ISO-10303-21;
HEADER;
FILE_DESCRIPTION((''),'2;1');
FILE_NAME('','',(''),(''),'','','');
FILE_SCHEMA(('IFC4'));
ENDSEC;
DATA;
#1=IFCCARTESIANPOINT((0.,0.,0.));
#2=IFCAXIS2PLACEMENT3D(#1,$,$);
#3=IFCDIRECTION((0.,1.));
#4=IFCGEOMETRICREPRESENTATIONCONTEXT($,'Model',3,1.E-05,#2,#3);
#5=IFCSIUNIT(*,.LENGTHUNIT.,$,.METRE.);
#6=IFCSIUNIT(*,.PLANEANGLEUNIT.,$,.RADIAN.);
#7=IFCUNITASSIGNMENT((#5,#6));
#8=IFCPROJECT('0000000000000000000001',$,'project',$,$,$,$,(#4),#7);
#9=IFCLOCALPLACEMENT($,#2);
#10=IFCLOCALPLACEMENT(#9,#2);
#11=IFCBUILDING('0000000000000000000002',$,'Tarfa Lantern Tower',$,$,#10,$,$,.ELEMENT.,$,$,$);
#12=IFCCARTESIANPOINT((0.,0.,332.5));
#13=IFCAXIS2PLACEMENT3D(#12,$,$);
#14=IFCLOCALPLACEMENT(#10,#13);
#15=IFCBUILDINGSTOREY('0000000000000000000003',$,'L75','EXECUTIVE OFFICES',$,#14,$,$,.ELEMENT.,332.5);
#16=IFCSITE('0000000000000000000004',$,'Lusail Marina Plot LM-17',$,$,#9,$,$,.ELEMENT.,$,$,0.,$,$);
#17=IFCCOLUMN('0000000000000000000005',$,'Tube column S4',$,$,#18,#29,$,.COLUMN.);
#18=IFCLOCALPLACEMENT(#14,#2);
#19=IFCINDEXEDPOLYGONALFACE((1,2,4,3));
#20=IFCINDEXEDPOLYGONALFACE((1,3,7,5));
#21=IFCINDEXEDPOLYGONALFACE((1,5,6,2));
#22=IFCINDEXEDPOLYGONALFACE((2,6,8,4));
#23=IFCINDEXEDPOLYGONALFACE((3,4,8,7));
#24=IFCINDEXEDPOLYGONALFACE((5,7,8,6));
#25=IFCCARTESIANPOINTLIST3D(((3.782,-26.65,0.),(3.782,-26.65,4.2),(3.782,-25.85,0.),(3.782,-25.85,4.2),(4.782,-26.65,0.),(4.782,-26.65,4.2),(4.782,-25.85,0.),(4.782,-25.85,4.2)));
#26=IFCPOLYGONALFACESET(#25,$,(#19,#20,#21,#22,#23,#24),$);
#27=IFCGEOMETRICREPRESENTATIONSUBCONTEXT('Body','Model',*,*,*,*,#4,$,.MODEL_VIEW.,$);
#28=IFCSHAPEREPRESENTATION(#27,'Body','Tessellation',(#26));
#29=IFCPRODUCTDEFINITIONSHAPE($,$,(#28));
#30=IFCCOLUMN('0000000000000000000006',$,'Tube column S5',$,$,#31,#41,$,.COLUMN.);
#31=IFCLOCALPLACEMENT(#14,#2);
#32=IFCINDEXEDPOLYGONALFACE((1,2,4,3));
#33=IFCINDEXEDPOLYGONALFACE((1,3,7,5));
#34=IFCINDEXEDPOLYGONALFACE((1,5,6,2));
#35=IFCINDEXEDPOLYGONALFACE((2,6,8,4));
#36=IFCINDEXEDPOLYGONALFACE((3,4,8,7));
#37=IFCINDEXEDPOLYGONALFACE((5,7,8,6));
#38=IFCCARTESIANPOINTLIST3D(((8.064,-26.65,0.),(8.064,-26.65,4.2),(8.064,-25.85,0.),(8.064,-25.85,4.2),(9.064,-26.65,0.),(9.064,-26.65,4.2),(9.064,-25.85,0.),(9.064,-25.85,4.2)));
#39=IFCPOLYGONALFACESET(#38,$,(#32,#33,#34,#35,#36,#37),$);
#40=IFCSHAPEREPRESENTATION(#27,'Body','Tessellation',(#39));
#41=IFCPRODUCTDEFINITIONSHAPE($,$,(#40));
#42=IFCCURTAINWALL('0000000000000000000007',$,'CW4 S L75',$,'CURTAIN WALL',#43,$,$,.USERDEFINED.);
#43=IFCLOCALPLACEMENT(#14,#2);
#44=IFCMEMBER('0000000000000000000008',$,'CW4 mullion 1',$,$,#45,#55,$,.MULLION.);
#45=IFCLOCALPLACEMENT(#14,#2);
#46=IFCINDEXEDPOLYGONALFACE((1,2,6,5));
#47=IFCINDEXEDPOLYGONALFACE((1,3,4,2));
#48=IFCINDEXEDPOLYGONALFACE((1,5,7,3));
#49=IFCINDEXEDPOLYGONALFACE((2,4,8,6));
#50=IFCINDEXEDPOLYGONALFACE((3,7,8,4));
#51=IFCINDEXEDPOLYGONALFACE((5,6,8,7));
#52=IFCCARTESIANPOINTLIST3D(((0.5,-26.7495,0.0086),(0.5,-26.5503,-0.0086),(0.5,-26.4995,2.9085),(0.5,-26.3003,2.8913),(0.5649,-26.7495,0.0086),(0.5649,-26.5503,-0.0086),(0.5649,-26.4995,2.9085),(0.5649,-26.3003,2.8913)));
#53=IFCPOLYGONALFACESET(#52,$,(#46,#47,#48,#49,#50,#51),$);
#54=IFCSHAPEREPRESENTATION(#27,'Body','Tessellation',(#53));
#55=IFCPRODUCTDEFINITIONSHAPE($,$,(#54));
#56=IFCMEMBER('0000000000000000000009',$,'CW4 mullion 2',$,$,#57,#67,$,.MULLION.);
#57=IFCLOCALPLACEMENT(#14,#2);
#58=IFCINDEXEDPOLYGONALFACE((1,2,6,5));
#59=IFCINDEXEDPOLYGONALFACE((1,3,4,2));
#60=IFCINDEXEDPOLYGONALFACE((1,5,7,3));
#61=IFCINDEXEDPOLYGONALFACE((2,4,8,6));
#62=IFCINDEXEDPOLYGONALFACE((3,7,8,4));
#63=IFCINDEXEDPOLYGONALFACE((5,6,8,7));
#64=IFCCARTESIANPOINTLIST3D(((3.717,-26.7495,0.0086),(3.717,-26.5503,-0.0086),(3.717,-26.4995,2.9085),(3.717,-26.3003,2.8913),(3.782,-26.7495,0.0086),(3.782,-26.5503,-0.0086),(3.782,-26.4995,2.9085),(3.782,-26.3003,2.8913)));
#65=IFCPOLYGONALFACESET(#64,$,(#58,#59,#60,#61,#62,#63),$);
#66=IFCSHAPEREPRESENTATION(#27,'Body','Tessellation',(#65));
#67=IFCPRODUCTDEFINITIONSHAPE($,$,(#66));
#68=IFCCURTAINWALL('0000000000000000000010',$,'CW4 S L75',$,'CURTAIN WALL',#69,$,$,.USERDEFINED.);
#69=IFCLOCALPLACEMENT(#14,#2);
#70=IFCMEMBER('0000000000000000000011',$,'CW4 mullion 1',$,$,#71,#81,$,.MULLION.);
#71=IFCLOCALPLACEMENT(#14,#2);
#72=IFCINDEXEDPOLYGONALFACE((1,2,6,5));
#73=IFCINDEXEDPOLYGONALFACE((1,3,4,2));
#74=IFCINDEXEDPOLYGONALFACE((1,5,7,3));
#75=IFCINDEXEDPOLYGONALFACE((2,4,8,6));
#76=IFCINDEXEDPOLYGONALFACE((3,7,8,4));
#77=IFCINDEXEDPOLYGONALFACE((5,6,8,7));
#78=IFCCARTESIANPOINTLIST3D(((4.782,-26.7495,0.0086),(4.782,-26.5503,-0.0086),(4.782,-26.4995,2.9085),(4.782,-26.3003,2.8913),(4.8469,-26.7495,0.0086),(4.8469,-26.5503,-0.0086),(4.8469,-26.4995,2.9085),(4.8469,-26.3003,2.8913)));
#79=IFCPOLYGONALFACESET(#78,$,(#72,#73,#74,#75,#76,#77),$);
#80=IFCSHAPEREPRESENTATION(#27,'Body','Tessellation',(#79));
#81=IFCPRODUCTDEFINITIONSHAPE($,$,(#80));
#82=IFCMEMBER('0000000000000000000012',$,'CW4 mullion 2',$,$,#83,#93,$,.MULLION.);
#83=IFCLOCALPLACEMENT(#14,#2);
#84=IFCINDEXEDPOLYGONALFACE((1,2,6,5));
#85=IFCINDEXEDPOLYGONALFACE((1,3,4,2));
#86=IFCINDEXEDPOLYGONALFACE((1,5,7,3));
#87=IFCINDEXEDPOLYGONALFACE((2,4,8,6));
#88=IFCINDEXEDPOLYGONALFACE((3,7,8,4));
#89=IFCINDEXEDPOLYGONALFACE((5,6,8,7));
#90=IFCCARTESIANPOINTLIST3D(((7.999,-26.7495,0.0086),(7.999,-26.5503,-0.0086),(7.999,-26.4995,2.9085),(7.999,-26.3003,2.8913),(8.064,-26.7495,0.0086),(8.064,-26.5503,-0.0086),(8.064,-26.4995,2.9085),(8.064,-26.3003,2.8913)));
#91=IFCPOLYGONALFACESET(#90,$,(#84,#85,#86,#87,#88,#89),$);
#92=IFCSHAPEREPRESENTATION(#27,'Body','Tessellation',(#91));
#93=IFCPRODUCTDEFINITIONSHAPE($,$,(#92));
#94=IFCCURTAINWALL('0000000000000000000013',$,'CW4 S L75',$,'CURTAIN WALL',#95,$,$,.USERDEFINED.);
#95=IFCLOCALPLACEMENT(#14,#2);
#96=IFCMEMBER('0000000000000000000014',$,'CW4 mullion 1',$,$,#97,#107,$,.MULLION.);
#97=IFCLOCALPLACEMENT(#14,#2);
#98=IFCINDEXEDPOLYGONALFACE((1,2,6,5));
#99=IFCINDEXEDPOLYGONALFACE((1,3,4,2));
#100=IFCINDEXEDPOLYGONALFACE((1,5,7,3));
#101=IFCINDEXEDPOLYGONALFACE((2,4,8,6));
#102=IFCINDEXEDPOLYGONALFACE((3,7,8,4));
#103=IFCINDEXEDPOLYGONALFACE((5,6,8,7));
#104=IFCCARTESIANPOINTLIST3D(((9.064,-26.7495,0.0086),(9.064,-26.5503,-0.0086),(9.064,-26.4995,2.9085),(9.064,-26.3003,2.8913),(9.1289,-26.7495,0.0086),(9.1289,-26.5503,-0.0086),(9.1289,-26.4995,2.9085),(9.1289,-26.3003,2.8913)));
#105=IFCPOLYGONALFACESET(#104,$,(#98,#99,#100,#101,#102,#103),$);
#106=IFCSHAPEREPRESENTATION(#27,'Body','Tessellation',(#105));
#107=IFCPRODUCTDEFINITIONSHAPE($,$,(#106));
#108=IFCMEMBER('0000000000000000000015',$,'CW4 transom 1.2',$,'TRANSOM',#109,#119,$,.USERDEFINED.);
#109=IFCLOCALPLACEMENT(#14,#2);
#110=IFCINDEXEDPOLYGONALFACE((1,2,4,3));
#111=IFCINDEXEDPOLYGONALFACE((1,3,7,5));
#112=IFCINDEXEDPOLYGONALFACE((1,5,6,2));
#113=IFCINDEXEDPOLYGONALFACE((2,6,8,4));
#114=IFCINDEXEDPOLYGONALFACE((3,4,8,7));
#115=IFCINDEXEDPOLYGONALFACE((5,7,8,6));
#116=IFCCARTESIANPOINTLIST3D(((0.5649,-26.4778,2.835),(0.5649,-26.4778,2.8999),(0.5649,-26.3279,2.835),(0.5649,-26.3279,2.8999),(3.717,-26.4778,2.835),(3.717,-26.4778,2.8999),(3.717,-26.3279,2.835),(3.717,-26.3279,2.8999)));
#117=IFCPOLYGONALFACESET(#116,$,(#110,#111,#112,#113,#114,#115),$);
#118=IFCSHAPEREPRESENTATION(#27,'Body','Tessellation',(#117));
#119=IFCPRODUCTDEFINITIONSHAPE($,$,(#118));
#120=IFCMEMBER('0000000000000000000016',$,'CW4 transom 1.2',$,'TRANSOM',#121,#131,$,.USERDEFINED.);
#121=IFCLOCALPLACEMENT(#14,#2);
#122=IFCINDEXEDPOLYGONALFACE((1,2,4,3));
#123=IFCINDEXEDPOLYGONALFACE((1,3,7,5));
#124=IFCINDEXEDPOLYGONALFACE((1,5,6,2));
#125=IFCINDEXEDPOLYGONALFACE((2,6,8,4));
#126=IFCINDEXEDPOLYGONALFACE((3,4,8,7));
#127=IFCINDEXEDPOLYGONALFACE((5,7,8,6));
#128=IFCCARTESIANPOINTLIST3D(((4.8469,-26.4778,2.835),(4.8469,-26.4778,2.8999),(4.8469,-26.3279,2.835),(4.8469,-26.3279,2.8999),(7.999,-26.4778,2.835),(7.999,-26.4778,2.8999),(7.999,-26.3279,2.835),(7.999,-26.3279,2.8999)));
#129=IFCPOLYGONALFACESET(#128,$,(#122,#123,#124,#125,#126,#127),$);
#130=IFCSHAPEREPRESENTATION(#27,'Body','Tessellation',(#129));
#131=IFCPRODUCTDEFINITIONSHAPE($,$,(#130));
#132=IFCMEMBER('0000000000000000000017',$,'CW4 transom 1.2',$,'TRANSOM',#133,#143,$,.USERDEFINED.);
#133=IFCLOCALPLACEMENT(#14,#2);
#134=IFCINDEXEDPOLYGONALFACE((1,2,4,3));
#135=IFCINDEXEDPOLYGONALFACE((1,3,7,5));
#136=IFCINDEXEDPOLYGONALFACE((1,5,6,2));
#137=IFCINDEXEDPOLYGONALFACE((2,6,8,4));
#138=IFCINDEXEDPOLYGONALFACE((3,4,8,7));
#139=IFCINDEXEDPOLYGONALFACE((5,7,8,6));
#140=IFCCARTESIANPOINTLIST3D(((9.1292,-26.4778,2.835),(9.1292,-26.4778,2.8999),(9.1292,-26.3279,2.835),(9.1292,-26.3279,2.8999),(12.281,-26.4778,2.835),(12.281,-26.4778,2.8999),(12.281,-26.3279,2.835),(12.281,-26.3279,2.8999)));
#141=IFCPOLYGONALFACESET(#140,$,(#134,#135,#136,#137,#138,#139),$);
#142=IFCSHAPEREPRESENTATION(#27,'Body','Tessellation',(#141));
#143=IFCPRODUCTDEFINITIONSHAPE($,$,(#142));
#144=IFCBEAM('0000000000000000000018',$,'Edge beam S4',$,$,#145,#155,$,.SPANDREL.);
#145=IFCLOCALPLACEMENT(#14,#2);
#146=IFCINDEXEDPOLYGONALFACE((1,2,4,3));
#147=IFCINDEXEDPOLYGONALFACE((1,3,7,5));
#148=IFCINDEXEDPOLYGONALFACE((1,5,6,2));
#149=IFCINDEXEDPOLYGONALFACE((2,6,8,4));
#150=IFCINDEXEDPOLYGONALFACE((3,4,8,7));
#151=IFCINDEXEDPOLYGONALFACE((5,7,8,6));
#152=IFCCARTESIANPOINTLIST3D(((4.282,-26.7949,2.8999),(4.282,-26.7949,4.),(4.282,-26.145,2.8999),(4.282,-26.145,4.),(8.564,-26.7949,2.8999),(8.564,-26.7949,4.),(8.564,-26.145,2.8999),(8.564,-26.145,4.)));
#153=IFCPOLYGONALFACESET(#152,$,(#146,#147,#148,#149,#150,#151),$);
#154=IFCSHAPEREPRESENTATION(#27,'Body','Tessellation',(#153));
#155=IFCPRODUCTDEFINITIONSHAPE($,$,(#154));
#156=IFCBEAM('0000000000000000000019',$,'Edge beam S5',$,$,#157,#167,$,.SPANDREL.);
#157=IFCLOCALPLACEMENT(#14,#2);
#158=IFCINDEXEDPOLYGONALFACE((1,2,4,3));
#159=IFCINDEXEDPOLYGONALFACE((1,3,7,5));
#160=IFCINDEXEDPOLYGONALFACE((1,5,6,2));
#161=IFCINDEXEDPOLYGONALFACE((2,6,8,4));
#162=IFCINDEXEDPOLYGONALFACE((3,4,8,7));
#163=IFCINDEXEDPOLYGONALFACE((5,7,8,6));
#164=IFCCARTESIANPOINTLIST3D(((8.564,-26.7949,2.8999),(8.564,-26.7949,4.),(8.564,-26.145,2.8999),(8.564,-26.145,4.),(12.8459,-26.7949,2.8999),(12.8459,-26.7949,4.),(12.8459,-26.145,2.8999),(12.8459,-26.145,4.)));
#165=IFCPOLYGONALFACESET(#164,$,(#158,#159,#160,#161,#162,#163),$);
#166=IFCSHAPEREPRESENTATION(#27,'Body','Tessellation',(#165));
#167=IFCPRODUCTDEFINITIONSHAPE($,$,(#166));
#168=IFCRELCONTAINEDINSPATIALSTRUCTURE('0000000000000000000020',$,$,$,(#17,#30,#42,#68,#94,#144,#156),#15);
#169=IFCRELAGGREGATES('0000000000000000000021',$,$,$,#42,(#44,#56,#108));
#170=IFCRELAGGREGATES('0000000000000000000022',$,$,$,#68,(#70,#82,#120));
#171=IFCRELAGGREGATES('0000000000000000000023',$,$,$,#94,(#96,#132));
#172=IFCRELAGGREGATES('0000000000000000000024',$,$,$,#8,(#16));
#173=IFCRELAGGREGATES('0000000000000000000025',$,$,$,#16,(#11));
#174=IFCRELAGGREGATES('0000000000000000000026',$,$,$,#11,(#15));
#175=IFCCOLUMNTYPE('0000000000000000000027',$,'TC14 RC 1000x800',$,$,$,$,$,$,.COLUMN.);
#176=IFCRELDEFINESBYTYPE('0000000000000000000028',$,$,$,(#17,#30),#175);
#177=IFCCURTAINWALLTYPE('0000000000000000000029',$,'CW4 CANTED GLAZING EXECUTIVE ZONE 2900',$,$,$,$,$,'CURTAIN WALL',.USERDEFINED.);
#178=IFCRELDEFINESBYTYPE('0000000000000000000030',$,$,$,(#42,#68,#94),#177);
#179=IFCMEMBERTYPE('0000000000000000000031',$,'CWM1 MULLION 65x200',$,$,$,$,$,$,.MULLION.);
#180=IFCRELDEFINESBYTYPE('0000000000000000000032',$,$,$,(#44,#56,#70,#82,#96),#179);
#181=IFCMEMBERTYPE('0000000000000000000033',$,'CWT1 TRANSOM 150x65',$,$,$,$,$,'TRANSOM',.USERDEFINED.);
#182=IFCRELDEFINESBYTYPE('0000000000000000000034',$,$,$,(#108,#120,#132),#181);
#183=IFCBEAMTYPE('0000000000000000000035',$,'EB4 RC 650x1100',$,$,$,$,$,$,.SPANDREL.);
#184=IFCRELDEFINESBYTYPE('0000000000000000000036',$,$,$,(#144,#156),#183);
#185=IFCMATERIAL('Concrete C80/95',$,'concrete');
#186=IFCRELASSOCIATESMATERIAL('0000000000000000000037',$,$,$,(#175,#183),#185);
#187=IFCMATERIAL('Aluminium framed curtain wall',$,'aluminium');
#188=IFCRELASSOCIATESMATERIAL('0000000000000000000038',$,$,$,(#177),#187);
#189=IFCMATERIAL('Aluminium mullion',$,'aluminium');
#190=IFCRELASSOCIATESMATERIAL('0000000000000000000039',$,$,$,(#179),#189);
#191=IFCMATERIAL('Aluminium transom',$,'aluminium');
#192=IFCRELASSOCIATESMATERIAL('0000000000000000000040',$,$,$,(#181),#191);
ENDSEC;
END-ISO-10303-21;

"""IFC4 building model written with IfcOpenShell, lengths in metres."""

from ifc_helpers import new_model, si_unit, direction, frame, origin, origin_2d, place, context, subcontext, project, spatial, rectangle, extrude, material, material_profile, profile_set, type_object, element, aggregate, save


model = new_model("IFC4")

# Units and contexts
model_context = context("Model", 3, precision=1e-05, world=origin(), true_north=direction((0.0, 1.0)))
body_context = subcontext(model_context, "Body", "Model", "MODEL_VIEW")
ifc_project = project(units=[si_unit("LENGTHUNIT", "METRE"), si_unit("PLANEANGLEUNIT", "RADIAN")], contexts=[model_context])

# Site, building, storey
site_placement = place(None, origin())
site = spatial("IfcSite", under=ifc_project, at=site_placement, Name="Lusail Marina Plot LM-17", CompositionType="ELEMENT", RefElevation=0.0)
building_placement = place(site_placement, origin())
building = spatial("IfcBuilding", under=site, at=building_placement, Name="Tarfa Lantern Tower", CompositionType="ELEMENT")
storey_placement = place(building_placement, frame((0.0, 0.0, 332.5)))
storey = spatial("IfcBuildingStorey", under=building, at=storey_placement, Name="L75", Description="EXECUTIVE OFFICES", CompositionType="ELEMENT", Elevation=332.5)

# Columns
ifc_material_1 = material(Name="Concrete C80/95", Category="concrete")
ifc_material_profile_1 = material_profile(ifc_material_1, rectangle(XDim=1.0, YDim=0.8, at=origin_2d()), Name="RC 1000x800")
ifc_profile_set_1 = profile_set([ifc_material_profile_1], Name="Concrete C80/95")
column_type = type_object("IfcColumnType", Name="TC14 RC 1000x800", PredefinedType="COLUMN", material=ifc_profile_set_1)
for number, where, z_axis, x_axis, name in (
    (1, (4.282, -26.25, 0.0), (0.0, 0.0, 1.0), (1.0, 0.0, 0.0), "Tube column S4"),
    (2, (8.564, -26.25, 0.0), (0.0, 0.0, 1.0), (1.0, 0.0, 0.0), "Tube column S5"),
):
    element("IfcColumn", number, at=place(storey_placement, frame(where, z_axis=z_axis, x_axis=x_axis)), inside=storey, type_object=column_type, Name=name, PredefinedType="COLUMN", context=body_context, shape_type="SweptSolid", body=[
        extrude(rectangle(XDim=1.0, YDim=0.8, at=origin_2d()), origin(), (0.0, 0.0, 1.0), 4.2),
    ])

# Curtain walls, members
ifc_material_2 = material(Name="Aluminium framed curtain wall", Category="aluminium")
curtain_wall_type = type_object("IfcCurtainWallType", Name="CW4 CANTED GLAZING EXECUTIVE ZONE 2900", ElementType="CURTAIN WALL", PredefinedType="USERDEFINED", material=ifc_material_2)
curtain_wall_1_placement = place(storey_placement, origin())
curtain_wall_1 = element("IfcCurtainWall", 3, at=curtain_wall_1_placement, inside=storey, type_object=curtain_wall_type, Name="CW4 S L75", ObjectType="CURTAIN WALL", PredefinedType="USERDEFINED")
ifc_material_3 = material(Name="Aluminium mullion", Category="aluminium")
ifc_material_profile_2 = material_profile(ifc_material_3, rectangle(XDim=0.0649, YDim=0.2, at=origin_2d()), Name="AL MULLION 65x200")
ifc_profile_set_2 = profile_set([ifc_material_profile_2], Name="Aluminium mullion")
member_type_1 = type_object("IfcMemberType", Name="CWM1 MULLION 65x200", PredefinedType="MULLION", material=ifc_profile_set_2)
member_1_placement = place(storey_placement, frame((0.5325, -26.6499, 0.0), z_axis=(0.0, 0.085891, 0.996305), x_axis=(-1.0, 0.0, 0.0)))
member_1 = element("IfcMember", 4, at=member_1_placement, type_object=member_type_1, Name="CW4 mullion 1", PredefinedType="MULLION", context=body_context, shape_type="SweptSolid", body=[
    extrude(rectangle(XDim=0.0649, YDim=0.2, at=origin_2d()), origin(), (0.0, 0.0, 1.0), 2.9106),
])
member_2_placement = place(storey_placement, frame((3.7495, -26.6499, 0.0), z_axis=(0.0, 0.085891, 0.996305), x_axis=(-1.0, 0.0, 0.0)))
member_2 = element("IfcMember", 5, at=member_2_placement, type_object=member_type_1, Name="CW4 mullion 2", PredefinedType="MULLION", context=body_context, shape_type="SweptSolid", body=[
    extrude(rectangle(XDim=0.0649, YDim=0.2, at=origin_2d()), origin(), (0.0, 0.0, 1.0), 2.9106),
])
curtain_wall_2_placement = place(storey_placement, origin())
curtain_wall_2 = element("IfcCurtainWall", 6, at=curtain_wall_2_placement, inside=storey, type_object=curtain_wall_type, Name="CW4 S L75", ObjectType="CURTAIN WALL", PredefinedType="USERDEFINED")
member_3_placement = place(storey_placement, frame((4.8145, -26.6499, 0.0), z_axis=(0.0, 0.085891, 0.996305), x_axis=(-1.0, 0.0, 0.0)))
member_3 = element("IfcMember", 7, at=member_3_placement, type_object=member_type_1, Name="CW4 mullion 1", PredefinedType="MULLION", context=body_context, shape_type="SweptSolid", body=[
    extrude(rectangle(XDim=0.0649, YDim=0.2, at=origin_2d()), origin(), (0.0, 0.0, 1.0), 2.9106),
])
member_4_placement = place(storey_placement, frame((8.0315, -26.6499, 0.0), z_axis=(0.0, 0.085891, 0.996305), x_axis=(-1.0, 0.0, 0.0)))
member_4 = element("IfcMember", 8, at=member_4_placement, type_object=member_type_1, Name="CW4 mullion 2", PredefinedType="MULLION", context=body_context, shape_type="SweptSolid", body=[
    extrude(rectangle(XDim=0.0649, YDim=0.2, at=origin_2d()), origin(), (0.0, 0.0, 1.0), 2.9106),
])

# Curtain wall, member
curtain_wall_3_placement = place(storey_placement, origin())
curtain_wall_3 = element("IfcCurtainWall", 9, at=curtain_wall_3_placement, inside=storey, type_object=curtain_wall_type, Name="CW4 S L75", ObjectType="CURTAIN WALL", PredefinedType="USERDEFINED")
member_5_placement = place(storey_placement, frame((9.0964, -26.6499, 0.0), z_axis=(0.0, 0.085891, 0.996305), x_axis=(-1.0, 0.0, 0.0)))
member_5 = element("IfcMember", 10, at=member_5_placement, type_object=member_type_1, Name="CW4 mullion 1", PredefinedType="MULLION", context=body_context, shape_type="SweptSolid", body=[
    extrude(rectangle(XDim=0.0649, YDim=0.2, at=origin_2d()), origin(), (0.0, 0.0, 1.0), 2.9106),
])

# Members
ifc_material_4 = material(Name="Aluminium transom", Category="aluminium")
ifc_material_profile_3 = material_profile(ifc_material_4, rectangle(XDim=0.1499, YDim=0.0649, at=origin_2d()), Name="AL TRANSOM 150x65")
ifc_profile_set_3 = profile_set([ifc_material_profile_3], Name="Aluminium transom")
member_type_2 = type_object("IfcMemberType", Name="CWT1 TRANSOM 150x65", ElementType="TRANSOM", PredefinedType="USERDEFINED", material=ifc_profile_set_3)
member_6_placement = place(storey_placement, frame((0.5649, -26.4028, 2.8674), z_axis=(1.0, 0.0, 0.0), x_axis=(0.0, 1.0, 0.0)))
member_6 = element("IfcMember", 11, at=member_6_placement, type_object=member_type_2, Name="CW4 transom 1.2", ObjectType="TRANSOM", PredefinedType="USERDEFINED", context=body_context, shape_type="SweptSolid", body=[
    extrude(rectangle(XDim=0.1499, YDim=0.0649, at=origin_2d()), origin(), (0.0, 0.0, 1.0), 3.1521),
])
member_7_placement = place(storey_placement, frame((4.8469, -26.4028, 2.8674), z_axis=(1.0, 0.0, 0.0), x_axis=(0.0, 1.0, 0.0)))
member_7 = element("IfcMember", 12, at=member_7_placement, type_object=member_type_2, Name="CW4 transom 1.2", ObjectType="TRANSOM", PredefinedType="USERDEFINED", context=body_context, shape_type="SweptSolid", body=[
    extrude(rectangle(XDim=0.1499, YDim=0.0649, at=origin_2d()), origin(), (0.0, 0.0, 1.0), 3.1521),
])
member_8_placement = place(storey_placement, frame((9.1292, -26.4028, 2.8674), z_axis=(1.0, 0.0, 0.0), x_axis=(0.0, 1.0, 0.0)))
member_8 = element("IfcMember", 13, at=member_8_placement, type_object=member_type_2, Name="CW4 transom 1.2", ObjectType="TRANSOM", PredefinedType="USERDEFINED", context=body_context, shape_type="SweptSolid", body=[
    extrude(rectangle(XDim=0.1499, YDim=0.0649, at=origin_2d()), origin(), (0.0, 0.0, 1.0), 3.1519),
])

# Beams
ifc_material_profile_4 = material_profile(ifc_material_1, rectangle(XDim=0.6499, YDim=1.1001, at=origin_2d()), Name="RC 650x1100")
ifc_profile_set_4 = profile_set([ifc_material_profile_4], Name="Concrete C80/95")
beam_type_1 = type_object("IfcBeamType", Name="EB4 RC 650x1100", PredefinedType="SPANDREL", material=ifc_profile_set_4)
for number, where, z_axis, x_axis, name in (
    (14, (4.282, -26.47, 3.45), (1.0, 0.0, 0.0), (0.0, 1.0, 0.0), "Edge beam S4"),
    (15, (8.564, -26.47, 3.45), (1.0, 0.0, 0.0), (0.0, 1.0, 0.0), "Edge beam S5"),
):
    element("IfcBeam", number, at=place(storey_placement, frame(where, z_axis=z_axis, x_axis=x_axis)), inside=storey, type_object=beam_type_1, Name=name, PredefinedType="SPANDREL", context=body_context, shape_type="SweptSolid", body=[
        extrude(rectangle(XDim=0.6499, YDim=1.1001, at=origin_2d()), origin(), (0.0, 0.0, 1.0), 4.282),
    ])

aggregate(curtain_wall_1, [member_1, member_2, member_6])
aggregate(curtain_wall_2, [member_3, member_4, member_7])
aggregate(curtain_wall_3, [member_5, member_8])

save(model, "model.ifc")
